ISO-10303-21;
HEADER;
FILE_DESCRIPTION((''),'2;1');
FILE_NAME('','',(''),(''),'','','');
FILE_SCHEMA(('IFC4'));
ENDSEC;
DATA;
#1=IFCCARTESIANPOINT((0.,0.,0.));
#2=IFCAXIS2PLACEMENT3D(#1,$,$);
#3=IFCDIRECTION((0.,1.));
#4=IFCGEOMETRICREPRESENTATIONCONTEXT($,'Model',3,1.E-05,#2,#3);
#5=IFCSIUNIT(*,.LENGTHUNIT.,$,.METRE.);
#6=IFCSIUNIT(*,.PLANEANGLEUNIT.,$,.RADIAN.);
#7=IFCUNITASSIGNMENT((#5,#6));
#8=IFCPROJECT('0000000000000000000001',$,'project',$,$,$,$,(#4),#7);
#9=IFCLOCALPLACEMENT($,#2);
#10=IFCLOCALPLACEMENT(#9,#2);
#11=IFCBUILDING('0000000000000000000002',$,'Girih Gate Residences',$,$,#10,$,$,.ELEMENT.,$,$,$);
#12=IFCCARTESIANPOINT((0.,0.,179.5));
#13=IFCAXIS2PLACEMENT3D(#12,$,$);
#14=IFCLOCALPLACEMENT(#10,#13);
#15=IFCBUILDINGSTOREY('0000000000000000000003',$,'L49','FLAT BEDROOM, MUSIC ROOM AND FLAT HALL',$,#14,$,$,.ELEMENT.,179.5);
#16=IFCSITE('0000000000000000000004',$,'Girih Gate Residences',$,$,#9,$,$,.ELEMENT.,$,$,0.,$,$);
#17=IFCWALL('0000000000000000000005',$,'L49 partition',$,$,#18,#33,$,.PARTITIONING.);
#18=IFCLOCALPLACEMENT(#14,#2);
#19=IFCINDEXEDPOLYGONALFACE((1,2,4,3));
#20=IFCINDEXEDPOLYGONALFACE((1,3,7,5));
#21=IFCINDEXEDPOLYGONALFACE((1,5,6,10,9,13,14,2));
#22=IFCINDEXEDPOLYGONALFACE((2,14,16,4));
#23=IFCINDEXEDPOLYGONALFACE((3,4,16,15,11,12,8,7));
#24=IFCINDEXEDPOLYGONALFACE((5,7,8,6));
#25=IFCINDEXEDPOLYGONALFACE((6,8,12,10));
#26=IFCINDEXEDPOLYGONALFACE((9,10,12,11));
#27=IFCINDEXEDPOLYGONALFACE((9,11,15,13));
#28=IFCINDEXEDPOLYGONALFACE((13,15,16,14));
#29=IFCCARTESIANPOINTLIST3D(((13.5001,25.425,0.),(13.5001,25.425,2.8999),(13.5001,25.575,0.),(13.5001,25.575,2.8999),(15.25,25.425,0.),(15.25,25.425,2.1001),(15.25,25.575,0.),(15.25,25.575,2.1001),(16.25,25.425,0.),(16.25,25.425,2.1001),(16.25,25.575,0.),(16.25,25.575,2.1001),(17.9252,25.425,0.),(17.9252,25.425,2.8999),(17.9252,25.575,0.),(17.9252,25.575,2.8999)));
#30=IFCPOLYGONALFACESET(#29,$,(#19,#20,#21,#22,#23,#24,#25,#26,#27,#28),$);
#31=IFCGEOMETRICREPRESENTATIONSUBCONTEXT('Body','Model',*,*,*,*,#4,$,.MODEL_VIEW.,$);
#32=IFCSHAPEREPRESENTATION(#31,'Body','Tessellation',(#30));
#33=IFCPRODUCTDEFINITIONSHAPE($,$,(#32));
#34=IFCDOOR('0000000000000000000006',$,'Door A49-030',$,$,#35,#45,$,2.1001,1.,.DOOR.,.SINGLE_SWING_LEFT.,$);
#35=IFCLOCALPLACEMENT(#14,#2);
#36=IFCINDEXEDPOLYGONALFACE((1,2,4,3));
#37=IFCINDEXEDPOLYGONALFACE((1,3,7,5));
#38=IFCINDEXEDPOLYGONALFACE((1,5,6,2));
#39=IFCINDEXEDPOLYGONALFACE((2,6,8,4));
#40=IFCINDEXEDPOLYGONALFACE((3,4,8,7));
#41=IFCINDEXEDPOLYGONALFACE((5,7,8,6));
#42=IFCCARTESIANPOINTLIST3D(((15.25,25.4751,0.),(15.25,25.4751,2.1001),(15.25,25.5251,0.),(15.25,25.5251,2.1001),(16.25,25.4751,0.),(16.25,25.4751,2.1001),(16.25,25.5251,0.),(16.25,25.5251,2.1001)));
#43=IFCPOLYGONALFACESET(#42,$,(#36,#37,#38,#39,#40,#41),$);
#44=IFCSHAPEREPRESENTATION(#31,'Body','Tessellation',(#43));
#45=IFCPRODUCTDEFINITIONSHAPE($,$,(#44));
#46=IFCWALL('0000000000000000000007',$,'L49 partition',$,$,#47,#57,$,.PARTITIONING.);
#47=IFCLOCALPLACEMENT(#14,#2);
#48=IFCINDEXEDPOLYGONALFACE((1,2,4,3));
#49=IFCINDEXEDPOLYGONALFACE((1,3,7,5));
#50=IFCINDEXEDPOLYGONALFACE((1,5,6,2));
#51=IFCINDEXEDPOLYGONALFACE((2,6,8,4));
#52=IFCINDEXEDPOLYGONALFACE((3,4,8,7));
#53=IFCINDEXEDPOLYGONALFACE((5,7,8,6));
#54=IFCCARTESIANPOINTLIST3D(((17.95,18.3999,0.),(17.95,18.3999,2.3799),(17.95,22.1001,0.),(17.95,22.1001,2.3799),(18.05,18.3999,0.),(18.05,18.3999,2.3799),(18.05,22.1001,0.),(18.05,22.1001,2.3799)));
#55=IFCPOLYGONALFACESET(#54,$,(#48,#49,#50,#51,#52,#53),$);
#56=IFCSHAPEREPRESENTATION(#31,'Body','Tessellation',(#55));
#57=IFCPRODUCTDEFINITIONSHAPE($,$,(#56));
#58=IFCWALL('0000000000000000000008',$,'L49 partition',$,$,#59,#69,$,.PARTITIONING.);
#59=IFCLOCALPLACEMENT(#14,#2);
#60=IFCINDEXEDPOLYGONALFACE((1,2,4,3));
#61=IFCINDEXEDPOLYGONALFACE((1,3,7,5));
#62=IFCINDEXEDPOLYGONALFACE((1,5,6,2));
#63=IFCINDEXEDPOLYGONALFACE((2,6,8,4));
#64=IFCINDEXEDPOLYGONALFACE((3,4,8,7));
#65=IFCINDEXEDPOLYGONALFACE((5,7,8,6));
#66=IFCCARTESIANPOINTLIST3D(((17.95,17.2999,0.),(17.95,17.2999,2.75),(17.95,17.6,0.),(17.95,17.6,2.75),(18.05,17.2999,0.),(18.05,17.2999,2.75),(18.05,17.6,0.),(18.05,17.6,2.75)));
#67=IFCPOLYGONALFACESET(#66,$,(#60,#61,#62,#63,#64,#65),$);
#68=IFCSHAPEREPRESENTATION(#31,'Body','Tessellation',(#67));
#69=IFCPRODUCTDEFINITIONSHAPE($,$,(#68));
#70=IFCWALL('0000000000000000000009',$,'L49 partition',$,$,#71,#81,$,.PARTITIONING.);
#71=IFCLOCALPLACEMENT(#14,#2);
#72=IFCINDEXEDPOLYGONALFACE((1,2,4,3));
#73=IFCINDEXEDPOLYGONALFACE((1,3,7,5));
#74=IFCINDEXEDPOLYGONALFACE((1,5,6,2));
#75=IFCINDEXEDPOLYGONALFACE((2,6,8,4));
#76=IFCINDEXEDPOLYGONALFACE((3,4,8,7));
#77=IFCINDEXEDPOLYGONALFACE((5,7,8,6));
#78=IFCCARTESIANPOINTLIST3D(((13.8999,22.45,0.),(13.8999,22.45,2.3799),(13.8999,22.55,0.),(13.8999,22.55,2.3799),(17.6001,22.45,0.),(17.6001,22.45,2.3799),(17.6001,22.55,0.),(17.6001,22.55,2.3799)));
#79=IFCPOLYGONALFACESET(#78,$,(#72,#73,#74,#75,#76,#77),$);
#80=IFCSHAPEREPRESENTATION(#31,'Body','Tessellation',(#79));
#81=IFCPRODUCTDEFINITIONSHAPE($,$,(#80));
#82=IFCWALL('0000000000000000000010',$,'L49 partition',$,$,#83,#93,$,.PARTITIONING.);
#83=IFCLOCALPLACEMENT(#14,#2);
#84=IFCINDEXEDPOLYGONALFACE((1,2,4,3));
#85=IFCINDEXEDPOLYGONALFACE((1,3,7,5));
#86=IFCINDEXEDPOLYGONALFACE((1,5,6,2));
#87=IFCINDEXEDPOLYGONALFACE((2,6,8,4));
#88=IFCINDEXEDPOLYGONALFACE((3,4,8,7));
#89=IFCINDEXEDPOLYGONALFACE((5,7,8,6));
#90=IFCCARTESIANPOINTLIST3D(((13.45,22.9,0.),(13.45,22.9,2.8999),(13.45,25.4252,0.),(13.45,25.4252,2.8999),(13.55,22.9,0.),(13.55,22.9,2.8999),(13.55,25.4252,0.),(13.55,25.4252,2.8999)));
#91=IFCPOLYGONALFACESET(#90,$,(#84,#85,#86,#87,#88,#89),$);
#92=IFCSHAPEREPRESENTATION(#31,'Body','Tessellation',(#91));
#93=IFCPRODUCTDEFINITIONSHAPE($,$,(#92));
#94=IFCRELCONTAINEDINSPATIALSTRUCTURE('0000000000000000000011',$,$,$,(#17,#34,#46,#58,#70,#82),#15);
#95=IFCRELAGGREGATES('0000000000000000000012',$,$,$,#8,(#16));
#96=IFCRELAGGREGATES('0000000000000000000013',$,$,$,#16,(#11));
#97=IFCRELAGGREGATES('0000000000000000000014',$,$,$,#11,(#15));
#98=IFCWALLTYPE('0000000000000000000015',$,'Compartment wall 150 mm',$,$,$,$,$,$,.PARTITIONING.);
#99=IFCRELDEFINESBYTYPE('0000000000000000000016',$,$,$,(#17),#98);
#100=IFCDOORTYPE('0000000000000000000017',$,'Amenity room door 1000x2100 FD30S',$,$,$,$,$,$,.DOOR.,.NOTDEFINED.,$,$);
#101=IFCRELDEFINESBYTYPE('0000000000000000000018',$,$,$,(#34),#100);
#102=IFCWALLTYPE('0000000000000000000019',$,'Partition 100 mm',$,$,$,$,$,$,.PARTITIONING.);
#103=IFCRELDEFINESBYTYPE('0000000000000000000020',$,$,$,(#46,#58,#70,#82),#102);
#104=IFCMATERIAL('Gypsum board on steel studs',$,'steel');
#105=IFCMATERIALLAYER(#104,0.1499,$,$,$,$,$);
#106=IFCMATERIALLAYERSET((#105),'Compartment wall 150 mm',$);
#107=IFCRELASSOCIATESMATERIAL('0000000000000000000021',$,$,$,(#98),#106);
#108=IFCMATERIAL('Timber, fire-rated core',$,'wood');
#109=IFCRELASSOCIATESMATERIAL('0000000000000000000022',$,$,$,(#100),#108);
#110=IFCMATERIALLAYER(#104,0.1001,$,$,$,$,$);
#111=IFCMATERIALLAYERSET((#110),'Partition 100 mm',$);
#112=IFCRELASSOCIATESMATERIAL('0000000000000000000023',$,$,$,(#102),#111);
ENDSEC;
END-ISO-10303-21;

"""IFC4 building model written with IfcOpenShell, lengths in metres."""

from ifc_helpers import new_model, si_unit, direction, frame, frame_2d, origin, place, context, subcontext, project, spatial, rectangle, extrude, material, layer, layer_set, type_object, element, fill, save


model = new_model("IFC4")

# Units and contexts
model_context = context("Model", 3, precision=1e-05, world=origin(), true_north=direction((0.0, 1.0)))
body_context = subcontext(model_context, "Body", "Model", "MODEL_VIEW")
ifc_project = project(units=[si_unit("LENGTHUNIT", "METRE"), si_unit("PLANEANGLEUNIT", "RADIAN")], contexts=[model_context])

# Site, building, storey
site_placement = place(None, origin())
site = spatial("IfcSite", under=ifc_project, at=site_placement, Name="Girih Gate Residences", CompositionType="ELEMENT", RefElevation=0.0)
building_placement = place(site_placement, origin())
building = spatial("IfcBuilding", under=site, at=building_placement, Name="Girih Gate Residences", CompositionType="ELEMENT")
storey_placement = place(building_placement, frame((0.0, 0.0, 179.5)))
storey = spatial("IfcBuildingStorey", under=building, at=storey_placement, Name="L49", Description="FLAT BEDROOM, MUSIC ROOM AND FLAT HALL", CompositionType="ELEMENT", Elevation=179.5)

# Shared definitions
ifc_material_1 = material(Name="Gypsum board on steel studs", Category="steel")
ifc_layer_1 = layer(ifc_material_1, 0.1499)
ifc_layer_set_1 = layer_set([ifc_layer_1], Name="Compartment wall 150 mm")
wall_type_1 = type_object("IfcWallType", Name="Compartment wall 150 mm", PredefinedType="PARTITIONING", material=ifc_layer_set_1)

# Wall, opening, door
ifc_material_2 = material(Name="Timber, fire-rated core", Category="wood")
door_type = type_object("IfcDoorType", Name="Amenity room door 1000x2100 FD30S", OperationType="NOTDEFINED", PredefinedType="DOOR", material=ifc_material_2)
wall_1_placement = place(storey_placement, frame((17.925, 25.5, 0.0), z_axis=(0.0, 0.0, 1.0), x_axis=(-1.0, 0.0, 0.0)))
wall_1 = element("IfcWall", 1, at=wall_1_placement, inside=storey, type_object=wall_type_1, Name="L49 partition", PredefinedType="PARTITIONING", context=body_context, shape_type="SweptSolid", body=[
    extrude(rectangle(XDim=4.425, YDim=0.1499, at=frame_2d((2.2124, 0.0))), origin(), (0.0, 0.0, 1.0), 2.8999),
])
opening_1_placement = place(wall_1_placement, frame((1.675, 0.0, 0.0)))
opening_1 = element("IfcOpeningElement", 2, at=opening_1_placement, cuts=wall_1, PredefinedType="OPENING", context=body_context, shape_type="SweptSolid", body=[
    extrude(rectangle(XDim=1.0, YDim=2.1001, at=frame_2d((0.5, 1.05))), frame((0.0, 0.085, 0.0), z_axis=(0.0, -1.0, 0.0), x_axis=(1.0, 0.0, 0.0)), (0.0, 0.0, 1.0), 0.1699),
])
door_1_placement = place(opening_1_placement, origin())
door_1 = element("IfcDoor", 3, at=door_1_placement, inside=storey, type_object=door_type, Name="Door A49-030", OperationType="SINGLE_SWING_LEFT", OverallHeight=2.1001, OverallWidth=1.0, PredefinedType="DOOR", context=body_context, shape_type="SweptSolid", body=[
    extrude(rectangle(XDim=1.0, YDim=2.1001, at=frame_2d((0.5, 1.05))), frame((0.0, 0.0249, 0.0), z_axis=(0.0, -1.0, 0.0), x_axis=(1.0, 0.0, 0.0)), (0.0, 0.0, 1.0), 0.05),
])
fill(opening_1, door_1)

# Walls
ifc_layer_2 = layer(ifc_material_1, 0.1001)
ifc_layer_set_2 = layer_set([ifc_layer_2], Name="Partition 100 mm")
wall_type_2 = type_object("IfcWallType", Name="Partition 100 mm", PredefinedType="PARTITIONING", material=ifc_layer_set_2)
wall_2_placement = place(storey_placement, frame((18.0, 18.3999, 0.0), z_axis=(0.0, 0.0, 1.0), x_axis=(0.0, 1.0, 0.0)))
element("IfcWall", 4, at=wall_2_placement, inside=storey, type_object=wall_type_2, Name="L49 partition", PredefinedType="PARTITIONING", context=body_context, shape_type="SweptSolid", body=[
    extrude(rectangle(XDim=3.7002, YDim=0.1001, at=frame_2d((1.8501, 0.0))), origin(), (0.0, 0.0, 1.0), 2.3799),
])
wall_3_placement = place(storey_placement, frame((18.0, 17.3, 0.0), z_axis=(0.0, 0.0, 1.0), x_axis=(0.0, 1.0, 0.0)))
element("IfcWall", 5, at=wall_3_placement, inside=storey, type_object=wall_type_2, Name="L49 partition", PredefinedType="PARTITIONING", context=body_context, shape_type="SweptSolid", body=[
    extrude(rectangle(XDim=0.3, YDim=0.1001, at=frame_2d((0.1499, 0.0))), origin(), (0.0, 0.0, 1.0), 2.75),
])
wall_4_placement = place(storey_placement, frame((13.8999, 22.5, 0.0), z_axis=(0.0, 0.0, 1.0), x_axis=(1.0, 0.0, 0.0)))
element("IfcWall", 6, at=wall_4_placement, inside=storey, type_object=wall_type_2, Name="L49 partition", PredefinedType="PARTITIONING", context=body_context, shape_type="SweptSolid", body=[
    extrude(rectangle(XDim=3.7002, YDim=0.1001, at=frame_2d((1.8501, 0.0))), origin(), (0.0, 0.0, 1.0), 2.3799),
])
wall_5_placement = place(storey_placement, frame((13.5, 22.8999, 0.0), z_axis=(0.0, 0.0, 1.0), x_axis=(0.0, 1.0, 0.0)))
element("IfcWall", 7, at=wall_5_placement, inside=storey, type_object=wall_type_2, Name="L49 partition", PredefinedType="PARTITIONING", context=body_context, shape_type="SweptSolid", body=[
    extrude(rectangle(XDim=2.5251, YDim=0.1001, at=frame_2d((1.2627, 0.0))), origin(), (0.0, 0.0, 1.0), 2.8999),
])

save(model, "model.ifc")
